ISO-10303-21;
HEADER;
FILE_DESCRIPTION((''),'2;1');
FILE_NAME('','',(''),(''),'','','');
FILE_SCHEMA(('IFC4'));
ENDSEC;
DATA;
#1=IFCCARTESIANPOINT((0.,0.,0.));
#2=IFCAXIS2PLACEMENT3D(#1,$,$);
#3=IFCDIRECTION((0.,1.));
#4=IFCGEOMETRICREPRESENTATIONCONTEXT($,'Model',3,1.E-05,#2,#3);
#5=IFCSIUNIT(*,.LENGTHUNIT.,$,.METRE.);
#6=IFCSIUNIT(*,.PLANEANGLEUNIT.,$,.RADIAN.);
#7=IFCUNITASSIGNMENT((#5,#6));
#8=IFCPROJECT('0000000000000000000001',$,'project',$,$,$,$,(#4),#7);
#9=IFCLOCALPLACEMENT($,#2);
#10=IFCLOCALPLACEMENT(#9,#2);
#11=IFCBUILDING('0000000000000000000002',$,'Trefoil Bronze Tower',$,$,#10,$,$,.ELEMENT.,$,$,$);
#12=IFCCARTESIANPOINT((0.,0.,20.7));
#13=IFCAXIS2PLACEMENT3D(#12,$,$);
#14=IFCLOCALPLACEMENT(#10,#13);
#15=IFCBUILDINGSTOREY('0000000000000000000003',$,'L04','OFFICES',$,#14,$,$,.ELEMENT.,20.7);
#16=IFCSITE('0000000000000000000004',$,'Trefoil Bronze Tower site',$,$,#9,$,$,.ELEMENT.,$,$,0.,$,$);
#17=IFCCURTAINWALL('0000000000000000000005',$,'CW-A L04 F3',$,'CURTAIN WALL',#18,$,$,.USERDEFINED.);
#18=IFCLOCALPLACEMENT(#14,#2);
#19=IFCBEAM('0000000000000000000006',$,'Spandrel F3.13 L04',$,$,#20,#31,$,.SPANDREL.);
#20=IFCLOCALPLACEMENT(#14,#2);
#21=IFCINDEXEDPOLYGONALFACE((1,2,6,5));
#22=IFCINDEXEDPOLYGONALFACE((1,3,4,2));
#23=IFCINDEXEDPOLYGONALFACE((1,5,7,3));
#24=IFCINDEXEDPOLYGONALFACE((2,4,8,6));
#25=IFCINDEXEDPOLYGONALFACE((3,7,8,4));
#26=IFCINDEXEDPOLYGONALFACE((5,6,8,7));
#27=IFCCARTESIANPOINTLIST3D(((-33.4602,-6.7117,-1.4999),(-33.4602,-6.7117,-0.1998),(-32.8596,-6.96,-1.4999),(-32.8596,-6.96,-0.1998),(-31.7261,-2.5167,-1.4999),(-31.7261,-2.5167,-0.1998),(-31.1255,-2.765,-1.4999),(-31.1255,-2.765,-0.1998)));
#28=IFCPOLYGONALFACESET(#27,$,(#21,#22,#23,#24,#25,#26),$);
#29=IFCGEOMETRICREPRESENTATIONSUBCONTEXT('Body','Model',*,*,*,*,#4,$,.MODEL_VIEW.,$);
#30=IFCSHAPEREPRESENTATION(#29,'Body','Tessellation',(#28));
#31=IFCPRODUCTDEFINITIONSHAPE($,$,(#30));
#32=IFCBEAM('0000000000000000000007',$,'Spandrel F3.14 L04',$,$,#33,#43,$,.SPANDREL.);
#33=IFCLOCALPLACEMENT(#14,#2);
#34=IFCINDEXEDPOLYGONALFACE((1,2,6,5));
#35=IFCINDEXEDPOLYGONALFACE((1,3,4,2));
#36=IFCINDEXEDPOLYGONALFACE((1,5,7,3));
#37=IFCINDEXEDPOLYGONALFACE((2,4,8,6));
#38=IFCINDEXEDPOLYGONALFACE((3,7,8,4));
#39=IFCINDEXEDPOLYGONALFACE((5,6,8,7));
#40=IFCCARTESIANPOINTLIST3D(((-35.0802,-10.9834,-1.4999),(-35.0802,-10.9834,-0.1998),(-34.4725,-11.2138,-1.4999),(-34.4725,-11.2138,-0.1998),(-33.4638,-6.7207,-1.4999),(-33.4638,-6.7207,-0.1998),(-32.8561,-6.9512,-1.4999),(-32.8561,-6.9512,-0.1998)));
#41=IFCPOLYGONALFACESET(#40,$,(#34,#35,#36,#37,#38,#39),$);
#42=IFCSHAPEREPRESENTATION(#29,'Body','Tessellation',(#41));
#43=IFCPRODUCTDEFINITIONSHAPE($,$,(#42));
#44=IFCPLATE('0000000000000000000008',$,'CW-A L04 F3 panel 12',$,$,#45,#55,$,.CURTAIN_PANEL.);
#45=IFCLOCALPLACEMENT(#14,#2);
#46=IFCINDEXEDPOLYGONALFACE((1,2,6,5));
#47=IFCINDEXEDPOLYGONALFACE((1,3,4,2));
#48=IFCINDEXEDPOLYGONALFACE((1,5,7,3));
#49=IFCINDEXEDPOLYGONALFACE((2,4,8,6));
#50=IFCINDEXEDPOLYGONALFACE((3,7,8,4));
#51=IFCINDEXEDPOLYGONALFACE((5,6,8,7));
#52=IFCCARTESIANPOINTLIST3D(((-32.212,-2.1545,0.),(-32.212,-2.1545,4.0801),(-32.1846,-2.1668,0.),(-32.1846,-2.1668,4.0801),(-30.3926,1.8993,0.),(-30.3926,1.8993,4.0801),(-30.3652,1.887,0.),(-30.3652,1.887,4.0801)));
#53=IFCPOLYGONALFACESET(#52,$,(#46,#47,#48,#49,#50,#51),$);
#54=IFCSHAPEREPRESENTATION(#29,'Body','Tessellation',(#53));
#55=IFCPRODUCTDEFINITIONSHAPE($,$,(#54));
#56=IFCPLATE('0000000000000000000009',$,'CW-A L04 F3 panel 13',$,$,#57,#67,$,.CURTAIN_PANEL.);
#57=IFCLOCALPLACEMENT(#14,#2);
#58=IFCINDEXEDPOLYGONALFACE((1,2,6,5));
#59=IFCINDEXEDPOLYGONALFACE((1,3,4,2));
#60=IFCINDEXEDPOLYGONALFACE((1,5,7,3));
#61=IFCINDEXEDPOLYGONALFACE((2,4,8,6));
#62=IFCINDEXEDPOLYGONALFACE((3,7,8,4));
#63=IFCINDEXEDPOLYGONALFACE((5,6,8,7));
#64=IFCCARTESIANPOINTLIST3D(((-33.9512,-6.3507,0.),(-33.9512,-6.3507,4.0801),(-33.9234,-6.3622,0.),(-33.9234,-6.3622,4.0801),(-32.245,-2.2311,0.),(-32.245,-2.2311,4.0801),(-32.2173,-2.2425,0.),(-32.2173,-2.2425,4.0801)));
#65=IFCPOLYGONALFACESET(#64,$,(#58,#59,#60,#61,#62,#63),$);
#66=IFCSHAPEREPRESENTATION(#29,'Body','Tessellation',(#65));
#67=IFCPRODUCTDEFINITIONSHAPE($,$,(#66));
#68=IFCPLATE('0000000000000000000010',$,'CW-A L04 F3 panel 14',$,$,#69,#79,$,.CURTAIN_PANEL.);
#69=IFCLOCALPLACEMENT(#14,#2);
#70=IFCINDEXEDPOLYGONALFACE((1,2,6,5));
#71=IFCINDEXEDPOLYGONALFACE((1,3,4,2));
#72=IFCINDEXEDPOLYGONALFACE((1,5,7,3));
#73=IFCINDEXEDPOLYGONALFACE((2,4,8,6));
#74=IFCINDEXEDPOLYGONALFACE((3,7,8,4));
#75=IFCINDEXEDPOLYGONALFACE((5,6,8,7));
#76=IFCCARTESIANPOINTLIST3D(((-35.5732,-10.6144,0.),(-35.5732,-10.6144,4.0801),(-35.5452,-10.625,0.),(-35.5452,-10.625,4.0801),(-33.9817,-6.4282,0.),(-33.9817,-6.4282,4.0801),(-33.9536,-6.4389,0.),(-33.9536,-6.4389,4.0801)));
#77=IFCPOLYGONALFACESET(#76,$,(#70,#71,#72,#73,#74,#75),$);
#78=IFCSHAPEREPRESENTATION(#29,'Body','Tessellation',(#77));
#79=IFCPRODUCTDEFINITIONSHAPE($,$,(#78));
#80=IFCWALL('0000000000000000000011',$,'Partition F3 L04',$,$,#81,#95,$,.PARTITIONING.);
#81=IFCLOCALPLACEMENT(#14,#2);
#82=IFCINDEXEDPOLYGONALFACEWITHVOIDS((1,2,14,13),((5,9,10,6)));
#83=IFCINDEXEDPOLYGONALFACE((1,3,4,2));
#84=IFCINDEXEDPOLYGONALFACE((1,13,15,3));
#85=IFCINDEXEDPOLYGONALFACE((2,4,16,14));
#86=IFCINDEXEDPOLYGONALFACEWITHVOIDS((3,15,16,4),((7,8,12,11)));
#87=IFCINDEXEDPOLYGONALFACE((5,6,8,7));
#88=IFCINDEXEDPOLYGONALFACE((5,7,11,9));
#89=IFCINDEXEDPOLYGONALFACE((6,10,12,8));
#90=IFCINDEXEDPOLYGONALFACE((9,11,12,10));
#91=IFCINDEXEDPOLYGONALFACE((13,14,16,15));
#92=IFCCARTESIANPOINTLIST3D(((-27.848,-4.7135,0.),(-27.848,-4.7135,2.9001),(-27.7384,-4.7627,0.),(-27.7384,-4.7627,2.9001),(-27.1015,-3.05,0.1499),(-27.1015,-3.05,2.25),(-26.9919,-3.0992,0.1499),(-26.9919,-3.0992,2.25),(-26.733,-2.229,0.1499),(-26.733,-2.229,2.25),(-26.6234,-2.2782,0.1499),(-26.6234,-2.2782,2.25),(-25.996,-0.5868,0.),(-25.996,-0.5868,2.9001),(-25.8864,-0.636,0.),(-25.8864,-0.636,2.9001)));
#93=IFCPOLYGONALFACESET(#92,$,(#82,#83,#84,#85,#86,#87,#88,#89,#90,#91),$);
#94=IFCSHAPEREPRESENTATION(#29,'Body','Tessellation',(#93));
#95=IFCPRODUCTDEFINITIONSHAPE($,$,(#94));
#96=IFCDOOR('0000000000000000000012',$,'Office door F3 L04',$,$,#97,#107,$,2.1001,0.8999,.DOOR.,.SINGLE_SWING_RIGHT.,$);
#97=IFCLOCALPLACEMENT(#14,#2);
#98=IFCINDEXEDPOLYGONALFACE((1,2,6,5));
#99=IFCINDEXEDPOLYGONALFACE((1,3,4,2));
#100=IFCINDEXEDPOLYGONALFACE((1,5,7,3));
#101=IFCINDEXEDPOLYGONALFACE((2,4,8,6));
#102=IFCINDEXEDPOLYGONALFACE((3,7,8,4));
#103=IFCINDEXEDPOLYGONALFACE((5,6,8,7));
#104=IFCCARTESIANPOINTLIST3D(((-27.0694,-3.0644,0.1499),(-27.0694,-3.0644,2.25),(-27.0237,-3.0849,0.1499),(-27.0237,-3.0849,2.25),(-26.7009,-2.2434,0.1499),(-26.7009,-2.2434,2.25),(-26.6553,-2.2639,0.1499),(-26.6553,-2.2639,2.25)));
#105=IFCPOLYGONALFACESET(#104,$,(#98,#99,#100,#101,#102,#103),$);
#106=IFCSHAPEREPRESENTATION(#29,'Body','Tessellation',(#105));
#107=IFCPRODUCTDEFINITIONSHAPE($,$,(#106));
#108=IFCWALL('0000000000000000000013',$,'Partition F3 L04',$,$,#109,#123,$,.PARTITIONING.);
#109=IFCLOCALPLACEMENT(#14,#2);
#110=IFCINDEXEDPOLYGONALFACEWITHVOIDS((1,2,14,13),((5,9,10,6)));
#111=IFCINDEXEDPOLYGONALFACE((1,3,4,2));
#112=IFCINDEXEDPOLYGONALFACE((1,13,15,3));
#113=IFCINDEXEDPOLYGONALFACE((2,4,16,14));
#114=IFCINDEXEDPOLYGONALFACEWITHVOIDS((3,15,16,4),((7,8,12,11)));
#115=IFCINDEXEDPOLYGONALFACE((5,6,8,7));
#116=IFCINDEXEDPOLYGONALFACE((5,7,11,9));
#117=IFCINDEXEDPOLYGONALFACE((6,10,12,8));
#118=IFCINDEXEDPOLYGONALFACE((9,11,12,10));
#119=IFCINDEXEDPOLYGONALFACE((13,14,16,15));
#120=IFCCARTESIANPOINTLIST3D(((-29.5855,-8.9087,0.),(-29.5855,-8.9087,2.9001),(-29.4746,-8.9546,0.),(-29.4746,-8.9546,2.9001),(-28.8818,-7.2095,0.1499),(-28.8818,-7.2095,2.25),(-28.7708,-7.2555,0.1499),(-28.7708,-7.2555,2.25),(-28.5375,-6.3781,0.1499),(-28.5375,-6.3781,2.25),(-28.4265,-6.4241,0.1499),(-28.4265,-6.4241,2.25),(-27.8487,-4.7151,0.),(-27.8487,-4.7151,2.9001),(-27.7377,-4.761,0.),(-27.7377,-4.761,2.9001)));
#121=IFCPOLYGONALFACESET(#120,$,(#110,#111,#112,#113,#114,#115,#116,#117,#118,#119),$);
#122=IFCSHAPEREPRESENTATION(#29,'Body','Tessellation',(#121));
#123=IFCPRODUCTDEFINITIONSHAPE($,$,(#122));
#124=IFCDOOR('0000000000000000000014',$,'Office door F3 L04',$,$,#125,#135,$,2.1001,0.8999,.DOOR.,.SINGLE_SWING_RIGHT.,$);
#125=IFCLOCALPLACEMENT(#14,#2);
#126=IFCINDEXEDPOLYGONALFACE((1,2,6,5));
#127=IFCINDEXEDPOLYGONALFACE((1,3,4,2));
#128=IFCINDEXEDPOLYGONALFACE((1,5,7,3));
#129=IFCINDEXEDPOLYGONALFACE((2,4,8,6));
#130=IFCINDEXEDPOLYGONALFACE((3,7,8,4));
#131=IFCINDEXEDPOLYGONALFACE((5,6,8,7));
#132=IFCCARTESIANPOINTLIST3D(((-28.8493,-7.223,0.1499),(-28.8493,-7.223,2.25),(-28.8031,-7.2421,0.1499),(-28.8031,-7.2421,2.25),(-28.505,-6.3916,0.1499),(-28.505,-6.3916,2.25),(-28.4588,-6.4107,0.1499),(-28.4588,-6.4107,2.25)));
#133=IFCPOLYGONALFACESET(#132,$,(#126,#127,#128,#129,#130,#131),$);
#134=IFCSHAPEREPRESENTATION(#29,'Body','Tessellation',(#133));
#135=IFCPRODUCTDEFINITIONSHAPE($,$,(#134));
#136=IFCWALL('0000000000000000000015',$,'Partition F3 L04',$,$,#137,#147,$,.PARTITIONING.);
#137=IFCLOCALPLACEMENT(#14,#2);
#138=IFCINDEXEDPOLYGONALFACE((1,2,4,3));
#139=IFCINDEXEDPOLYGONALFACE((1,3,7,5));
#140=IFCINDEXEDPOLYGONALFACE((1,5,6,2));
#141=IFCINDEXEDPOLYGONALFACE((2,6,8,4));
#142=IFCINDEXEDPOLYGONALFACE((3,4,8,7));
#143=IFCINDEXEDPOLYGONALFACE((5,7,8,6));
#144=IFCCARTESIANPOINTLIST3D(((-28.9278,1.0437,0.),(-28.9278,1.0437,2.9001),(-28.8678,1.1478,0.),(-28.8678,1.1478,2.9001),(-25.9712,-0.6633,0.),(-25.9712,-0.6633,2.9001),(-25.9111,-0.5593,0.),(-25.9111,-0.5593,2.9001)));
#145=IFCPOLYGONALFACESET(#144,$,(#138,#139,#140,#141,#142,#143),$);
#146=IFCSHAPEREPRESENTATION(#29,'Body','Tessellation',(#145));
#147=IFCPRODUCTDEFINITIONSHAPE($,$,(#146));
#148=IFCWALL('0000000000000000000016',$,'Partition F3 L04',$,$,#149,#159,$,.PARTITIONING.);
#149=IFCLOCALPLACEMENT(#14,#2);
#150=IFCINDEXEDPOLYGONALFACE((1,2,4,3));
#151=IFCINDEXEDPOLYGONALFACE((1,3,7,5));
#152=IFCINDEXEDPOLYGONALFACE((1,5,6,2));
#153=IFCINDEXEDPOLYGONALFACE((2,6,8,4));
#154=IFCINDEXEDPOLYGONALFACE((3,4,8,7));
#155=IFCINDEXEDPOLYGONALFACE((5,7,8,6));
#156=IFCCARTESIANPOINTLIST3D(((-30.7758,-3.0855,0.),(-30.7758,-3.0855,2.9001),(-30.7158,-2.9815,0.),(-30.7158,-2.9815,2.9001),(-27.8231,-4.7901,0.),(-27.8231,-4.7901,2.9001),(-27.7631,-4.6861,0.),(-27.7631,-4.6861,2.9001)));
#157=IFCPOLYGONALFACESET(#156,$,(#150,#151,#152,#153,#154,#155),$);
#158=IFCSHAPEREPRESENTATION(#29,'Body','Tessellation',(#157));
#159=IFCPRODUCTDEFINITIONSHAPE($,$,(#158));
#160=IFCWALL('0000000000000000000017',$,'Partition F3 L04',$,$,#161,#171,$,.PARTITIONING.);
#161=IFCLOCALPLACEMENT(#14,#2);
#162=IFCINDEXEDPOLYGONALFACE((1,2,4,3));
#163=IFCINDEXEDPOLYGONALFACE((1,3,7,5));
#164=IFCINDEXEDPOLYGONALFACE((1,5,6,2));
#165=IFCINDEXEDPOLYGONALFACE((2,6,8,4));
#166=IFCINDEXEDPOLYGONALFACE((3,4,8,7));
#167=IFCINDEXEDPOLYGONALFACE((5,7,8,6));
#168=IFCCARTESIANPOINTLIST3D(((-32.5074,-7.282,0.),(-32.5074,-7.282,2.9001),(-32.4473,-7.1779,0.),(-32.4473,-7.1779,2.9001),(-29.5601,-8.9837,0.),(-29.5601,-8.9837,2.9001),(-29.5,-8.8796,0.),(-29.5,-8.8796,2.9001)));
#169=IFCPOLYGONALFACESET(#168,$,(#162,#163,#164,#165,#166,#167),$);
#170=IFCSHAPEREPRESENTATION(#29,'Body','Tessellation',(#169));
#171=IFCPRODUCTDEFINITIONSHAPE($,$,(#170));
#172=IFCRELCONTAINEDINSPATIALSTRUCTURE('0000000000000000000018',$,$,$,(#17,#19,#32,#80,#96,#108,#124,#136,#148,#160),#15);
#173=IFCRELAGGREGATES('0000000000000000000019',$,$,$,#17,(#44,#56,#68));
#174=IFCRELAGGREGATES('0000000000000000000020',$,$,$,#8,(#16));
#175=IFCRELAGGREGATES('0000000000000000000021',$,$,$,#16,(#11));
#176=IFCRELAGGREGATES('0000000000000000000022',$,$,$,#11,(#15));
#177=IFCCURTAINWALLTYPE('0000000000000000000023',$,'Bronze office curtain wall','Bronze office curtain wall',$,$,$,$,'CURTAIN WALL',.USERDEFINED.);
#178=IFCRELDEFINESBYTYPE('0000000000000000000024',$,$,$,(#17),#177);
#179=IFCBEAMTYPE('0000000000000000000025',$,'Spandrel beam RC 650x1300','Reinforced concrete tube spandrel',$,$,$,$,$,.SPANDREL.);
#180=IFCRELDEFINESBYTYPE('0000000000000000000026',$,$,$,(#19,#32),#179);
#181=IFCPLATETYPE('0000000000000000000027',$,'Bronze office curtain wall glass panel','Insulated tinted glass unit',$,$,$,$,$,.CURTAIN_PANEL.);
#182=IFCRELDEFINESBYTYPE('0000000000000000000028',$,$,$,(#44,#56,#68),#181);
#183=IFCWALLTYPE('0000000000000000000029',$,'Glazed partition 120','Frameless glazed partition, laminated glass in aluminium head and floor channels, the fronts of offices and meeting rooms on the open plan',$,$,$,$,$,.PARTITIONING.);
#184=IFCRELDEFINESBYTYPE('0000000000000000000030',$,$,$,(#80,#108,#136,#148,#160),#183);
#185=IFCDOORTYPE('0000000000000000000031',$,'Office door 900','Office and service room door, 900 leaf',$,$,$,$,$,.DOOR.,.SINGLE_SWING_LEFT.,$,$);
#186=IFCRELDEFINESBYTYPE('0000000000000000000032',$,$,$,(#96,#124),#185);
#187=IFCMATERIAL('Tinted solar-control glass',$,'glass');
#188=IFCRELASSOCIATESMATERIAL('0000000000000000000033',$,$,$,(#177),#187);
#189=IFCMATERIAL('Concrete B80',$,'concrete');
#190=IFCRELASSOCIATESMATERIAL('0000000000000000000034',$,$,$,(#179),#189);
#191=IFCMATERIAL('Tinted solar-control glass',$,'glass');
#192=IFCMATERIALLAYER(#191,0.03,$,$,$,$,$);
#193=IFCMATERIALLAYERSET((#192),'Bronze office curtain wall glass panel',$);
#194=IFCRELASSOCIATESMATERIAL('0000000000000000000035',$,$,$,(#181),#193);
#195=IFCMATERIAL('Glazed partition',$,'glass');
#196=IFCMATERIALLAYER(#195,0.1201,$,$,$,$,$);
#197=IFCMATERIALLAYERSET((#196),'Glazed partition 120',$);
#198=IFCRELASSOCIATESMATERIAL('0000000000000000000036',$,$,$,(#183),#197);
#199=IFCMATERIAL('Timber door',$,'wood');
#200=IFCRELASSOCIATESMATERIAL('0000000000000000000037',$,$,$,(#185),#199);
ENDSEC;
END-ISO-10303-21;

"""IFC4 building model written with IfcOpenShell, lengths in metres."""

from ifc_helpers import new_model, si_unit, direction, frame, frame_2d, origin, origin_2d, place, context, subcontext, project, spatial, rectangle, extrude, material, layer, layer_set, material_profile, profile_set, type_object, element, fill, aggregate, save


model = new_model("IFC4")

# Units and contexts
model_context = context("Model", 3, precision=1e-05, world=origin(), true_north=direction((0.0, 1.0)))
body_context = subcontext(model_context, "Body", "Model", "MODEL_VIEW")
ifc_project = project(units=[si_unit("LENGTHUNIT", "METRE"), si_unit("PLANEANGLEUNIT", "RADIAN")], contexts=[model_context])

# Site, building, storey
site_placement = place(None, origin())
site = spatial("IfcSite", under=ifc_project, at=site_placement, Name="Trefoil Bronze Tower site", CompositionType="ELEMENT", RefElevation=0.0)
building_placement = place(site_placement, origin())
building = spatial("IfcBuilding", under=site, at=building_placement, Name="Trefoil Bronze Tower", CompositionType="ELEMENT")
storey_placement = place(building_placement, frame((0.0, 0.0, 20.7)))
storey = spatial("IfcBuildingStorey", under=building, at=storey_placement, Name="L04", Description="OFFICES", CompositionType="ELEMENT", Elevation=20.7)

# Curtain wall
ifc_material_1 = material(Name="Tinted solar-control glass", Category="glass")
curtain_wall_type = type_object("IfcCurtainWallType", Name="Bronze office curtain wall", Description="Bronze office curtain wall", ElementType="CURTAIN WALL", PredefinedType="USERDEFINED", material=ifc_material_1)
curtain_wall_placement = place(storey_placement, origin())
curtain_wall = element("IfcCurtainWall", 1, at=curtain_wall_placement, inside=storey, type_object=curtain_wall_type, Name="CW-A L04 F3", ObjectType="CURTAIN WALL", PredefinedType="USERDEFINED")

# Beams
ifc_material_2 = material(Name="Concrete B80", Category="concrete")
ifc_material_profile_1 = material_profile(ifc_material_2, rectangle(XDim=0.6499, YDim=1.3, at=origin_2d()), Name="RC 650x1300")
ifc_profile_set_1 = profile_set([ifc_material_profile_1], Name="Concrete B80")
beam_type_1 = type_object("IfcBeamType", Name="Spandrel beam RC 650x1300", Description="Reinforced concrete tube spandrel", PredefinedType="SPANDREL", material=ifc_profile_set_1)
beam_1_placement = place(storey_placement, frame((-31.4258, -2.6409, -0.8499), z_axis=(-0.382021, -0.924154, 0.0), x_axis=(0.924154, -0.382021, 0.0)))
element("IfcBeam", 2, at=beam_1_placement, inside=storey, type_object=beam_type_1, Name="Spandrel F3.13 L04", PredefinedType="SPANDREL", context=body_context, shape_type="SweptSolid", body=[
    extrude(rectangle(XDim=0.6499, YDim=1.3, at=origin_2d()), origin(), (0.0, 0.0, 1.0), 4.5393),
])
beam_2_placement = place(storey_placement, frame((-33.1599, -6.8359, -0.8499), z_axis=(-0.354572, -0.935029, 0.0), x_axis=(0.935029, -0.354572, 0.0)))
element("IfcBeam", 3, at=beam_2_placement, inside=storey, type_object=beam_type_1, Name="Spandrel F3.14 L04", PredefinedType="SPANDREL", context=body_context, shape_type="SweptSolid", body=[
    extrude(rectangle(XDim=0.6499, YDim=1.3, at=origin_2d()), origin(), (0.0, 0.0, 1.0), 4.5588),
])

# Plates
ifc_material_3 = material(Name="Tinted solar-control glass", Category="glass")
ifc_layer_1 = layer(ifc_material_3, 0.03)
ifc_layer_set_1 = layer_set([ifc_layer_1], Name="Bronze office curtain wall glass panel")
plate_type = type_object("IfcPlateType", Name="Bronze office curtain wall glass panel", Description="Insulated tinted glass unit", PredefinedType="CURTAIN_PANEL", material=ifc_layer_set_1)
plate_1_placement = place(storey_placement, frame((-31.2886, -0.1338, 0.0), z_axis=(0.0, 0.0, 1.0), x_axis=(-0.409456, -0.91233, 0.0)))
plate_1 = element("IfcPlate", 4, at=plate_1_placement, type_object=plate_type, Name="CW-A L04 F3 panel 12", PredefinedType="CURTAIN_PANEL", context=body_context, shape_type="SweptSolid", body=[
    extrude(rectangle(XDim=4.4434, YDim=0.03, at=origin_2d()), origin(), (0.0, 0.0, 1.0), 4.0801),
])
plate_2_placement = place(storey_placement, frame((-33.0842, -4.2966, 0.0), z_axis=(0.0, 0.0, 1.0), x_axis=(-0.38263, -0.923902, 0.0)))
plate_2 = element("IfcPlate", 5, at=plate_2_placement, type_object=plate_type, Name="CW-A L04 F3 panel 13", PredefinedType="CURTAIN_PANEL", context=body_context, shape_type="SweptSolid", body=[
    extrude(rectangle(XDim=4.459, YDim=0.03, at=origin_2d()), origin(), (0.0, 0.0, 1.0), 4.0801),
])
plate_3_placement = place(storey_placement, frame((-34.7634, -8.5266, 0.0), z_axis=(0.0, 0.0, 1.0), x_axis=(-0.355371, -0.934725, 0.0)))
plate_3 = element("IfcPlate", 6, at=plate_3_placement, type_object=plate_type, Name="CW-A L04 F3 panel 14", PredefinedType="CURTAIN_PANEL", context=body_context, shape_type="SweptSolid", body=[
    extrude(rectangle(XDim=4.4785, YDim=0.03, at=origin_2d()), origin(), (0.0, 0.0, 1.0), 4.0801),
])
aggregate(curtain_wall, [plate_1, plate_2, plate_3])

# Walls, openings, doors
ifc_material_4 = material(Name="Glazed partition", Category="glass")
ifc_layer_2 = layer(ifc_material_4, 0.1201)
ifc_layer_set_2 = layer_set([ifc_layer_2], Name="Glazed partition 120")
wall_type = type_object("IfcWallType", Name="Glazed partition 120", Description="Frameless glazed partition, laminated glass in aluminium head and floor channels, the fronts of offices and meeting rooms on the open plan", PredefinedType="PARTITIONING", material=ifc_layer_set_2)
wall_1_placement = place(storey_placement, frame((-25.9412, -0.6113, 0.0), z_axis=(0.0, 0.0, 1.0), x_axis=(-0.409451, -0.912332, 0.0)))
wall_1 = element("IfcWall", 7, at=wall_1_placement, inside=storey, type_object=wall_type, Name="Partition F3 L04", PredefinedType="PARTITIONING", context=body_context, shape_type="SweptSolid", body=[
    extrude(rectangle(XDim=4.5232, YDim=0.1201, at=frame_2d((2.2617, 0.0))), origin(), (0.0, 0.0, 1.0), 2.9001),
])
opening_1_placement = place(wall_1_placement, frame((1.8, 0.0, 0.1499)))
opening_1 = element("IfcOpeningElement", 8, at=opening_1_placement, cuts=wall_1, PredefinedType="OPENING", context=body_context, shape_type="SweptSolid", body=[
    extrude(rectangle(XDim=0.8999, YDim=2.1001, at=frame_2d((0.45, 1.05))), frame((0.0, 0.0701, 0.0), z_axis=(0.0, -1.0, 0.0), x_axis=(1.0, 0.0, 0.0)), (0.0, 0.0, 1.0), 0.1401),
])
ifc_material_5 = material(Name="Timber door", Category="wood")
door_type = type_object("IfcDoorType", Name="Office door 900", Description="Office and service room door, 900 leaf", OperationType="SINGLE_SWING_LEFT", PredefinedType="DOOR", material=ifc_material_5)
door_1_placement = place(opening_1_placement, frame((0.8999, 0.0, 0.0), z_axis=(0.0, 0.0, 1.0), x_axis=(-1.0, 0.0, 0.0)))
door_1 = element("IfcDoor", 9, at=door_1_placement, inside=storey, type_object=door_type, Name="Office door F3 L04", OperationType="SINGLE_SWING_RIGHT", OverallHeight=2.1001, OverallWidth=0.8999, PredefinedType="DOOR", context=body_context, shape_type="SweptSolid", body=[
    extrude(rectangle(XDim=0.8999, YDim=2.1001, at=frame_2d((0.45, 1.05))), frame((0.0, 0.0249, 0.0), z_axis=(0.0, -1.0, 0.0), x_axis=(1.0, 0.0, 0.0)), (0.0, 0.0, 1.0), 0.05),
])
fill(opening_1, door_1)
wall_2_placement = place(storey_placement, frame((-27.7932, -4.738, 0.0), z_axis=(0.0, 0.0, 1.0), x_axis=(-0.38264, -0.923898, 0.0)))
wall_2 = element("IfcWall", 10, at=wall_2_placement, inside=storey, type_object=wall_type, Name="Partition F3 L04", PredefinedType="PARTITIONING", context=body_context, shape_type="SweptSolid", body=[
    extrude(rectangle(XDim=4.5391, YDim=0.1201, at=frame_2d((2.2695, 0.0))), origin(), (0.0, 0.0, 1.0), 2.9001),
])
opening_2_placement = place(wall_2_placement, frame((1.8, 0.0, 0.1499)))
opening_2 = element("IfcOpeningElement", 11, at=opening_2_placement, cuts=wall_2, PredefinedType="OPENING", context=body_context, shape_type="SweptSolid", body=[
    extrude(rectangle(XDim=0.8999, YDim=2.1001, at=frame_2d((0.45, 1.05))), frame((0.0, 0.0701, 0.0), z_axis=(0.0, -1.0, 0.0), x_axis=(1.0, 0.0, 0.0)), (0.0, 0.0, 1.0), 0.1401),
])
door_2_placement = place(opening_2_placement, frame((0.8999, 0.0, 0.0), z_axis=(0.0, 0.0, 1.0), x_axis=(-1.0, 0.0, 0.0)))
door_2 = element("IfcDoor", 12, at=door_2_placement, inside=storey, type_object=door_type, Name="Office door F3 L04", OperationType="SINGLE_SWING_RIGHT", OverallHeight=2.1001, OverallWidth=0.8999, PredefinedType="DOOR", context=body_context, shape_type="SweptSolid", body=[
    extrude(rectangle(XDim=0.8999, YDim=2.1001, at=frame_2d((0.45, 1.05))), frame((0.0, 0.0249, 0.0), z_axis=(0.0, -1.0, 0.0), x_axis=(1.0, 0.0, 0.0)), (0.0, 0.0, 1.0), 0.05),
])
fill(opening_2, door_2)

# Walls
wall_3_placement = place(storey_placement, frame((-25.9412, -0.6113, 0.0), z_axis=(0.0, 0.0, 1.0), x_axis=(-0.866016, 0.500015, 0.0)))
element("IfcWall", 13, at=wall_3_placement, inside=storey, type_object=wall_type, Name="Partition F3 L04", PredefinedType="PARTITIONING", context=body_context, shape_type="SweptSolid", body=[
    extrude(rectangle(XDim=3.4141, YDim=0.1201, at=frame_2d((1.707, 0.0))), origin(), (0.0, 0.0, 1.0), 2.9001),
])
wall_4_placement = place(storey_placement, frame((-27.7932, -4.738, 0.0), z_axis=(0.0, 0.0, 1.0), x_axis=(-0.86604, 0.499975, 0.0)))
element("IfcWall", 14, at=wall_4_placement, inside=storey, type_object=wall_type, Name="Partition F3 L04", PredefinedType="PARTITIONING", context=body_context, shape_type="SweptSolid", body=[
    extrude(rectangle(XDim=3.4094, YDim=0.1201, at=frame_2d((1.7046, 0.0))), origin(), (0.0, 0.0, 1.0), 2.9001),
])
wall_5_placement = place(storey_placement, frame((-29.53, -8.9316, 0.0), z_axis=(0.0, 0.0, 1.0), x_axis=(-0.866018, 0.500012, 0.0)))
element("IfcWall", 15, at=wall_5_placement, inside=storey, type_object=wall_type, Name="Partition F3 L04", PredefinedType="PARTITIONING", context=body_context, shape_type="SweptSolid", body=[
    extrude(rectangle(XDim=3.4033, YDim=0.1201, at=frame_2d((1.7017, 0.0))), origin(), (0.0, 0.0, 1.0), 2.9001),
])

save(model, "model.ifc")
